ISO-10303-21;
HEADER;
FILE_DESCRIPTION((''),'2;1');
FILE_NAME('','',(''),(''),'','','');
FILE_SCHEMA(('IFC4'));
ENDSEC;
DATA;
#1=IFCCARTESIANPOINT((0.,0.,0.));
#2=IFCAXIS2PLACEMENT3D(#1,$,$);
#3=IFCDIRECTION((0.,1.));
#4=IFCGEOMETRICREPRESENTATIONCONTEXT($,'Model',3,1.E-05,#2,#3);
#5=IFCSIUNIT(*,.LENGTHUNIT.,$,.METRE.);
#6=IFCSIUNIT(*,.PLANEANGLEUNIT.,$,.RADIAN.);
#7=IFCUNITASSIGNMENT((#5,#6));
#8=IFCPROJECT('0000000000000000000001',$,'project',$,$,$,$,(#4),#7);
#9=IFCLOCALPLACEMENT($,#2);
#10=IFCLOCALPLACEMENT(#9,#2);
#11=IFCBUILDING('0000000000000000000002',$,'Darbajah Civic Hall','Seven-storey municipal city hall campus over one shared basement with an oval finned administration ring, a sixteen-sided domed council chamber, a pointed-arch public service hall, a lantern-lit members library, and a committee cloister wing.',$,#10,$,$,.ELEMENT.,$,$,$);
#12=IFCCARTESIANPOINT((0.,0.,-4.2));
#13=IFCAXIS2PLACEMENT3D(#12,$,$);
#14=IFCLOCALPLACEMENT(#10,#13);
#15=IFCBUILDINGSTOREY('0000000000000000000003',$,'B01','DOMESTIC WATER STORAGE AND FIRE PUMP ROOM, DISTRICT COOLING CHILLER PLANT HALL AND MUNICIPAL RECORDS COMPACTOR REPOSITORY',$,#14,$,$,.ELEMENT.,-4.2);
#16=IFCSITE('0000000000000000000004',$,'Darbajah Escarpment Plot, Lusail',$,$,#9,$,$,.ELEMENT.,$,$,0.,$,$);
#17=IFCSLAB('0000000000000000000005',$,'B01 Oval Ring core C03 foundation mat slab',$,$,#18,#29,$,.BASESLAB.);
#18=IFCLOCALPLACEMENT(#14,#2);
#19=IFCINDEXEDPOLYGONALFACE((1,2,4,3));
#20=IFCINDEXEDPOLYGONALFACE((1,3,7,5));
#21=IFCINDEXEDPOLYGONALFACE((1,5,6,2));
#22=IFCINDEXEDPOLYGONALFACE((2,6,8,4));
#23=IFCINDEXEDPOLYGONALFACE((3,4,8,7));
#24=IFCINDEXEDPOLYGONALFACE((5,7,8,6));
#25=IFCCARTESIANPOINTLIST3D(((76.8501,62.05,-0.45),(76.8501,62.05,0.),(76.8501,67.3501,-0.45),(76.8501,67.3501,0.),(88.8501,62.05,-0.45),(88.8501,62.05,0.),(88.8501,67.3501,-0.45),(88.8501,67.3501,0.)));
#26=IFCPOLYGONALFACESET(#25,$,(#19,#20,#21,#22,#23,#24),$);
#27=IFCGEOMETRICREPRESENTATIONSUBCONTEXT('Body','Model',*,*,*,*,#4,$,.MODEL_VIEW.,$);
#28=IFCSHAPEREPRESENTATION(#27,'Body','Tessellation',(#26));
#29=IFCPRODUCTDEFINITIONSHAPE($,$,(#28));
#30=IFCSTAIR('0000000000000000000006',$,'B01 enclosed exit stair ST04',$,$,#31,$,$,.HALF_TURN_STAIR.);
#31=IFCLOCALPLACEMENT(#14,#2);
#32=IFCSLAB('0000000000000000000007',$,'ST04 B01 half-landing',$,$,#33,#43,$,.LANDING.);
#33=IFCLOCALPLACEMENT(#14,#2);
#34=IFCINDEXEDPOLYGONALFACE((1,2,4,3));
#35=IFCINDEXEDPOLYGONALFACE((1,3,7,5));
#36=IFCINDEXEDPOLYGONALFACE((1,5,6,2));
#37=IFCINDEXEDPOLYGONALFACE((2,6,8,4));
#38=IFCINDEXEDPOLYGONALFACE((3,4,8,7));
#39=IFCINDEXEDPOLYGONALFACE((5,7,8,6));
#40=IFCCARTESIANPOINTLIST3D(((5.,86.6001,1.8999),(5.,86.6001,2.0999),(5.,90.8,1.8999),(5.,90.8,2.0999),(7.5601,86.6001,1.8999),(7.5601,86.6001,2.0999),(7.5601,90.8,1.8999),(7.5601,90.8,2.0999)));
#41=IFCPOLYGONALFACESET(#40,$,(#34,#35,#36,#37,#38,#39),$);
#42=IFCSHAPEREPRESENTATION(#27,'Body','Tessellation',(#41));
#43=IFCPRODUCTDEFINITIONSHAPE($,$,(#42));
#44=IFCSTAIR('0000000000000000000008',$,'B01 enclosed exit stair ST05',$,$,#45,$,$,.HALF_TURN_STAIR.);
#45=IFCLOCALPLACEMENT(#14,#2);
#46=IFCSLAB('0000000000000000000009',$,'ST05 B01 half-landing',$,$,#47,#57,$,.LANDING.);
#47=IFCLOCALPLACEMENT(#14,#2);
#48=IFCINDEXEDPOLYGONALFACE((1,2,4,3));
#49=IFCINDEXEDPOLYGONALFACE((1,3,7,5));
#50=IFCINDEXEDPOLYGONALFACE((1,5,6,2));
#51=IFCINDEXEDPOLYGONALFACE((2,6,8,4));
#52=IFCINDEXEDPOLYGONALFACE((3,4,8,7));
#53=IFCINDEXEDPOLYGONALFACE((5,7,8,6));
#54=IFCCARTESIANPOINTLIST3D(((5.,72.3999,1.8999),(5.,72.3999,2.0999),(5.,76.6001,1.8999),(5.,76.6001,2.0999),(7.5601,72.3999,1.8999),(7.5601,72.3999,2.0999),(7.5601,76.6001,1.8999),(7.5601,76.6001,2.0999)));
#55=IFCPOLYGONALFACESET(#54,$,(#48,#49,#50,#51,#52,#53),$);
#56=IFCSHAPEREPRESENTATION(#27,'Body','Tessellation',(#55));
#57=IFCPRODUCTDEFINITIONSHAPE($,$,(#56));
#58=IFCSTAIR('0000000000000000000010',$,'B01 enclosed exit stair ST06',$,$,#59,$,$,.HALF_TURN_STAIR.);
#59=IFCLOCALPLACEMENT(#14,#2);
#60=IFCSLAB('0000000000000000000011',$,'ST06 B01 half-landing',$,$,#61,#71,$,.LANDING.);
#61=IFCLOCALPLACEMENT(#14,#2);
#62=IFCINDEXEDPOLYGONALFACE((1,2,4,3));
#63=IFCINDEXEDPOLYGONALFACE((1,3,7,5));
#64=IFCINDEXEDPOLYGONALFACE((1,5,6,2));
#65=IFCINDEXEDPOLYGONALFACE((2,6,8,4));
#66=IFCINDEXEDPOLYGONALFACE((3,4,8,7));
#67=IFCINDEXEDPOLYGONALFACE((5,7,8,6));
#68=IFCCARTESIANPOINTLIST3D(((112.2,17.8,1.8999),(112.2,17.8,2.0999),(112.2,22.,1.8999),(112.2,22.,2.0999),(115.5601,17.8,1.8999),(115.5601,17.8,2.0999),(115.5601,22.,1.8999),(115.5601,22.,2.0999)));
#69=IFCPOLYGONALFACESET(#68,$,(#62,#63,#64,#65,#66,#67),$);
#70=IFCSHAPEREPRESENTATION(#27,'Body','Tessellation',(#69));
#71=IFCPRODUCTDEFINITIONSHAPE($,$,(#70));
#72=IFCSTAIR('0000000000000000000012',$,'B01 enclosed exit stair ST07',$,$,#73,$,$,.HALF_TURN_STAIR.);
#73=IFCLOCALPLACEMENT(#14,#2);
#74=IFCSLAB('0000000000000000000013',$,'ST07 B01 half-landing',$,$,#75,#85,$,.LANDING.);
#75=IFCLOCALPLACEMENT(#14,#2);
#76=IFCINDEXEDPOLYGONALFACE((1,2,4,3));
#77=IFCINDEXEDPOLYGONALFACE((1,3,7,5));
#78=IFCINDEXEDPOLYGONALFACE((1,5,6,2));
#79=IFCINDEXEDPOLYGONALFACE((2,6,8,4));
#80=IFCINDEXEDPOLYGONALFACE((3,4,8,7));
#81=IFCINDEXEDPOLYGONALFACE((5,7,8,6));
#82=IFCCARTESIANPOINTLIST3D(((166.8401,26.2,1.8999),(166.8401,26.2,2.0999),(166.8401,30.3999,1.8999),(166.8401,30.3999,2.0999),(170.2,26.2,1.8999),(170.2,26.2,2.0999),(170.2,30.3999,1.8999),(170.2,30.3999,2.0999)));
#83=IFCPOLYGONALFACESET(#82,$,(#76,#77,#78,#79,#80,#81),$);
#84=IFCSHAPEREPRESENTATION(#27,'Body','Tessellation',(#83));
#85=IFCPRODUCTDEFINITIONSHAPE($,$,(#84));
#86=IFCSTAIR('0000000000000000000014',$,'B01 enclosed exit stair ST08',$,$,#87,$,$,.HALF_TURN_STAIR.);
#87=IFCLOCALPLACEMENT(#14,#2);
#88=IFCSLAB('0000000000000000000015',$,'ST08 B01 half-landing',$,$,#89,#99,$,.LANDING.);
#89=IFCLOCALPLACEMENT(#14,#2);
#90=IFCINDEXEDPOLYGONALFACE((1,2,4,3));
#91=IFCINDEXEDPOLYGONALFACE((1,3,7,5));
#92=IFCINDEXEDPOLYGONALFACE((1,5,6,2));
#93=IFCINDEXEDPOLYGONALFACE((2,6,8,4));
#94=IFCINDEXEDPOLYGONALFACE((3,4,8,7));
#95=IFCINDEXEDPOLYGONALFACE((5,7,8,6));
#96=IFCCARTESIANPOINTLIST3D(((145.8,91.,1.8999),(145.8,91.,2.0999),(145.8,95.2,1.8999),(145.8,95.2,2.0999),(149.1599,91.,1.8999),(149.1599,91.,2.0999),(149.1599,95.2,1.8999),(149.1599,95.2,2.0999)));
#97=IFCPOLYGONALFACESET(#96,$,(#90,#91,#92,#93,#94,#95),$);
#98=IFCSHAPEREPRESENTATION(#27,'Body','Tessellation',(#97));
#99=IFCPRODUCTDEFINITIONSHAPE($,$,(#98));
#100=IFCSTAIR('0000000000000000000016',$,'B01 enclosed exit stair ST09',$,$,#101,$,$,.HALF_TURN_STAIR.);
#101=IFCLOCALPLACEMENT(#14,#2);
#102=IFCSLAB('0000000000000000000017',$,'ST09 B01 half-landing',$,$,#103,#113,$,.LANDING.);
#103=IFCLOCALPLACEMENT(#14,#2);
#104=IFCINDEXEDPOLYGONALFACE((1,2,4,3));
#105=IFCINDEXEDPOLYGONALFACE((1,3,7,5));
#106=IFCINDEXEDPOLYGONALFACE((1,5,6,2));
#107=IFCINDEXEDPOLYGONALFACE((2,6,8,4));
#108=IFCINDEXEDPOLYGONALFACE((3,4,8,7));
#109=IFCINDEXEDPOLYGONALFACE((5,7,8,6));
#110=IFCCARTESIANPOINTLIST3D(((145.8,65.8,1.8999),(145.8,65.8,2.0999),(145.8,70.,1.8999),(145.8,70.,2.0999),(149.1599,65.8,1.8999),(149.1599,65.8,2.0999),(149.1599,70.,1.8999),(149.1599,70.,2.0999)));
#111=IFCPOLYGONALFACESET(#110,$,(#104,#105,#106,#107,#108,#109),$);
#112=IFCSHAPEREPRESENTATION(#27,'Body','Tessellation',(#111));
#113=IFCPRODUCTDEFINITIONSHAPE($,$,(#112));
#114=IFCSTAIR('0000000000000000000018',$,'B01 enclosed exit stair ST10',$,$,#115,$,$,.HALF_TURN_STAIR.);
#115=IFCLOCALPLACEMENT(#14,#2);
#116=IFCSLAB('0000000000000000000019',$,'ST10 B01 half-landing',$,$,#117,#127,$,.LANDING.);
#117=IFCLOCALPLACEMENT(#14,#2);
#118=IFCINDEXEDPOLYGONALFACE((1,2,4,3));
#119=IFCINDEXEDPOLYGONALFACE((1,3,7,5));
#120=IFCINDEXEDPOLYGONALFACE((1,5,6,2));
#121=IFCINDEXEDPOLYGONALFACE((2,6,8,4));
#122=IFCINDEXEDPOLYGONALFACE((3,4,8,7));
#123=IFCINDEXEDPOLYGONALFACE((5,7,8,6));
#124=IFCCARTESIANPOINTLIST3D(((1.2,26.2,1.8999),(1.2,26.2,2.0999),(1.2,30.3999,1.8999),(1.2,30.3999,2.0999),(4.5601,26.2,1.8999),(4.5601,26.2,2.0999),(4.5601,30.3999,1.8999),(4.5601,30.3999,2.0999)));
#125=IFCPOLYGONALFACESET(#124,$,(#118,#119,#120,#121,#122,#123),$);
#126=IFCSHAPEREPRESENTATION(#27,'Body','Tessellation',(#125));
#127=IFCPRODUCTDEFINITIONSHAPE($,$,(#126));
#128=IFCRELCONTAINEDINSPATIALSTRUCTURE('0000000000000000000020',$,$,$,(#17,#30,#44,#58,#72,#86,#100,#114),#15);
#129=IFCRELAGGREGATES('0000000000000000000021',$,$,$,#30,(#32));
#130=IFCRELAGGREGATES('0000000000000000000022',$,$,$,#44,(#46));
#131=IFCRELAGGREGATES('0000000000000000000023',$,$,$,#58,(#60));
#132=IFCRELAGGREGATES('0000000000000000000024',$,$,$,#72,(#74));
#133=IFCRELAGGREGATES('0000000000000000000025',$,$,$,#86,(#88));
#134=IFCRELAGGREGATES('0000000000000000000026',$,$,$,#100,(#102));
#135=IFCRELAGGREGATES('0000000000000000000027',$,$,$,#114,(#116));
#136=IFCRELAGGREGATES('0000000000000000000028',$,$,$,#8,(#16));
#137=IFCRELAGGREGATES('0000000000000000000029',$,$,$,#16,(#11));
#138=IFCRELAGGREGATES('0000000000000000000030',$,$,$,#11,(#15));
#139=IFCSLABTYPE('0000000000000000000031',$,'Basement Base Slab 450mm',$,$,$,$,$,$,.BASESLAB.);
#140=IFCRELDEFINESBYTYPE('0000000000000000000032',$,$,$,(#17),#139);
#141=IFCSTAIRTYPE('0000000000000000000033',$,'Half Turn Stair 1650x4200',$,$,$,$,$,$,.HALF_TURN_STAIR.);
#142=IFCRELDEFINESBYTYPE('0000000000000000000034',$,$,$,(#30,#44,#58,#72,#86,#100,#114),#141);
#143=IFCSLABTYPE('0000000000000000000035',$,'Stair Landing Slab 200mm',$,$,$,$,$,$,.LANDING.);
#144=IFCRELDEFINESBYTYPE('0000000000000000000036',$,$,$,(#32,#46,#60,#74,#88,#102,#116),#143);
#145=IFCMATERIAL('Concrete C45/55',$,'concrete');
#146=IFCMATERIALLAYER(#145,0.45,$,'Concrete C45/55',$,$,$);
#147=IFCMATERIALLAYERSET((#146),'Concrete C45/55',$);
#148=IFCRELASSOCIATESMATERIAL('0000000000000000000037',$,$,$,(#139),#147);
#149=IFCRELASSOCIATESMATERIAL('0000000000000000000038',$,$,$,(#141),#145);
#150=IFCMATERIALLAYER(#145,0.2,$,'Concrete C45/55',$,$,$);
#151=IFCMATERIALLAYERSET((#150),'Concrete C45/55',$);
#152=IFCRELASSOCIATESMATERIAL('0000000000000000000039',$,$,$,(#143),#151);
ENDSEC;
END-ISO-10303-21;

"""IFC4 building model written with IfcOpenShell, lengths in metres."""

from ifc_helpers import new_model, si_unit, direction, frame, origin, place, context, subcontext, project, spatial, polyline, outline, extrude, material, layer, layer_set, type_object, element, aggregate, save


model = new_model("IFC4")

# Units and contexts
model_context = context("Model", 3, precision=1e-05, world=origin(), true_north=direction((0.0, 1.0)))
body_context = subcontext(model_context, "Body", "Model", "MODEL_VIEW")
ifc_project = project(units=[si_unit("LENGTHUNIT", "METRE"), si_unit("PLANEANGLEUNIT", "RADIAN")], contexts=[model_context])

# Site, building, storey
site_placement = place(None, origin())
site = spatial("IfcSite", under=ifc_project, at=site_placement, Name="Darbajah Escarpment Plot, Lusail", CompositionType="ELEMENT", RefElevation=0.0)
building_placement = place(site_placement, origin())
building = spatial("IfcBuilding", under=site, at=building_placement, Name="Darbajah Civic Hall", Description="Seven-storey municipal city hall campus over one shared basement with an oval finned administration ring, a sixteen-sided domed council chamber, a pointed-arch public service hall, a lantern-lit members library, and a committee cloister wing.", CompositionType="ELEMENT")
storey_placement = place(building_placement, frame((0.0, 0.0, -4.2)))
storey = spatial("IfcBuildingStorey", under=building, at=storey_placement, Name="B01", Description="DOMESTIC WATER STORAGE AND FIRE PUMP ROOM, DISTRICT COOLING CHILLER PLANT HALL AND MUNICIPAL RECORDS COMPACTOR REPOSITORY", CompositionType="ELEMENT", Elevation=-4.2)

# Shared definitions
ifc_material_1 = material(Name="Concrete C45/55", Category="concrete")

# Slab
ifc_layer_1 = layer(ifc_material_1, 0.45, Name="Concrete C45/55")
ifc_layer_set_1 = layer_set([ifc_layer_1], Name="Concrete C45/55")
slab_type_1 = type_object("IfcSlabType", Name="Basement Base Slab 450mm", PredefinedType="BASESLAB", material=ifc_layer_set_1)
slab_1_placement = place(storey_placement, frame((0.0, 0.0, -0.45)))
element("IfcSlab", 1, at=slab_1_placement, inside=storey, type_object=slab_type_1, Name="B01 Oval Ring core C03 foundation mat slab", PredefinedType="BASESLAB", context=body_context, shape_type="SweptSolid", body=[
    extrude(outline(polyline([(76.8501, 62.05), (88.8501, 62.05), (88.8501, 67.3501), (76.8501, 67.3501), (76.8501, 62.05)])), origin(), (0.0, 0.0, 1.0), 0.45),
])

# Stairs, slabs
stair_type = type_object("IfcStairType", Name="Half Turn Stair 1650x4200", PredefinedType="HALF_TURN_STAIR", material=ifc_material_1)
stair_1_placement = place(storey_placement, origin())
stair_1 = element("IfcStair", 2, at=stair_1_placement, inside=storey, type_object=stair_type, Name="B01 enclosed exit stair ST04", PredefinedType="HALF_TURN_STAIR")
ifc_layer_2 = layer(ifc_material_1, 0.2, Name="Concrete C45/55")
ifc_layer_set_2 = layer_set([ifc_layer_2], Name="Concrete C45/55")
slab_type_2 = type_object("IfcSlabType", Name="Stair Landing Slab 200mm", PredefinedType="LANDING", material=ifc_layer_set_2)
slab_2_placement = place(storey_placement, frame((0.0, 0.0, 1.8999)))
slab_2 = element("IfcSlab", 3, at=slab_2_placement, type_object=slab_type_2, Name="ST04 B01 half-landing", PredefinedType="LANDING", context=body_context, shape_type="SweptSolid", body=[
    extrude(outline(polyline([(5.0, 86.6001), (7.5601, 86.6001), (7.5601, 90.8), (5.0, 90.8), (5.0, 86.6001)])), origin(), (0.0, 0.0, 1.0), 0.2),
])
aggregate(stair_1, [slab_2])
stair_2_placement = place(storey_placement, origin())
stair_2 = element("IfcStair", 4, at=stair_2_placement, inside=storey, type_object=stair_type, Name="B01 enclosed exit stair ST05", PredefinedType="HALF_TURN_STAIR")
slab_3_placement = place(storey_placement, frame((0.0, 0.0, 1.8999)))
slab_3 = element("IfcSlab", 5, at=slab_3_placement, type_object=slab_type_2, Name="ST05 B01 half-landing", PredefinedType="LANDING", context=body_context, shape_type="SweptSolid", body=[
    extrude(outline(polyline([(5.0, 72.3999), (7.5601, 72.3999), (7.5601, 76.6001), (5.0, 76.6001), (5.0, 72.3999)])), origin(), (0.0, 0.0, 1.0), 0.2),
])
aggregate(stair_2, [slab_3])
stair_3_placement = place(storey_placement, origin())
stair_3 = element("IfcStair", 6, at=stair_3_placement, inside=storey, type_object=stair_type, Name="B01 enclosed exit stair ST06", PredefinedType="HALF_TURN_STAIR")
slab_4_placement = place(storey_placement, frame((0.0, 0.0, 1.8999)))
slab_4 = element("IfcSlab", 7, at=slab_4_placement, type_object=slab_type_2, Name="ST06 B01 half-landing", PredefinedType="LANDING", context=body_context, shape_type="SweptSolid", body=[
    extrude(outline(polyline([(112.2, 17.8), (115.5601, 17.8), (115.5601, 22.0), (112.2, 22.0), (112.2, 17.8)])), origin(), (0.0, 0.0, 1.0), 0.2),
])
aggregate(stair_3, [slab_4])
stair_4_placement = place(storey_placement, origin())
stair_4 = element("IfcStair", 8, at=stair_4_placement, inside=storey, type_object=stair_type, Name="B01 enclosed exit stair ST07", PredefinedType="HALF_TURN_STAIR")
slab_5_placement = place(storey_placement, frame((0.0, 0.0, 1.8999)))
slab_5 = element("IfcSlab", 9, at=slab_5_placement, type_object=slab_type_2, Name="ST07 B01 half-landing", PredefinedType="LANDING", context=body_context, shape_type="SweptSolid", body=[
    extrude(outline(polyline([(166.8401, 26.2), (170.2, 26.2), (170.2, 30.3999), (166.8401, 30.3999), (166.8401, 26.2)])), origin(), (0.0, 0.0, 1.0), 0.2),
])
aggregate(stair_4, [slab_5])
stair_5_placement = place(storey_placement, origin())
stair_5 = element("IfcStair", 10, at=stair_5_placement, inside=storey, type_object=stair_type, Name="B01 enclosed exit stair ST08", PredefinedType="HALF_TURN_STAIR")
slab_6_placement = place(storey_placement, frame((0.0, 0.0, 1.8999)))
slab_6 = element("IfcSlab", 11, at=slab_6_placement, type_object=slab_type_2, Name="ST08 B01 half-landing", PredefinedType="LANDING", context=body_context, shape_type="SweptSolid", body=[
    extrude(outline(polyline([(145.8, 91.0), (149.1599, 91.0), (149.1599, 95.2), (145.8, 95.2), (145.8, 91.0)])), origin(), (0.0, 0.0, 1.0), 0.2),
])
aggregate(stair_5, [slab_6])
stair_6_placement = place(storey_placement, origin())
stair_6 = element("IfcStair", 12, at=stair_6_placement, inside=storey, type_object=stair_type, Name="B01 enclosed exit stair ST09", PredefinedType="HALF_TURN_STAIR")
slab_7_placement = place(storey_placement, frame((0.0, 0.0, 1.8999)))
slab_7 = element("IfcSlab", 13, at=slab_7_placement, type_object=slab_type_2, Name="ST09 B01 half-landing", PredefinedType="LANDING", context=body_context, shape_type="SweptSolid", body=[
    extrude(outline(polyline([(145.8, 65.8), (149.1599, 65.8), (149.1599, 70.0), (145.8, 70.0), (145.8, 65.8)])), origin(), (0.0, 0.0, 1.0), 0.2),
])
aggregate(stair_6, [slab_7])
stair_7_placement = place(storey_placement, origin())
stair_7 = element("IfcStair", 14, at=stair_7_placement, inside=storey, type_object=stair_type, Name="B01 enclosed exit stair ST10", PredefinedType="HALF_TURN_STAIR")
slab_8_placement = place(storey_placement, frame((0.0, 0.0, 1.8999)))
slab_8 = element("IfcSlab", 15, at=slab_8_placement, type_object=slab_type_2, Name="ST10 B01 half-landing", PredefinedType="LANDING", context=body_context, shape_type="SweptSolid", body=[
    extrude(outline(polyline([(1.2, 26.2), (4.5601, 26.2), (4.5601, 30.3999), (1.2, 30.3999), (1.2, 26.2)])), origin(), (0.0, 0.0, 1.0), 0.2),
])
aggregate(stair_7, [slab_8])

save(model, "model.ifc")
